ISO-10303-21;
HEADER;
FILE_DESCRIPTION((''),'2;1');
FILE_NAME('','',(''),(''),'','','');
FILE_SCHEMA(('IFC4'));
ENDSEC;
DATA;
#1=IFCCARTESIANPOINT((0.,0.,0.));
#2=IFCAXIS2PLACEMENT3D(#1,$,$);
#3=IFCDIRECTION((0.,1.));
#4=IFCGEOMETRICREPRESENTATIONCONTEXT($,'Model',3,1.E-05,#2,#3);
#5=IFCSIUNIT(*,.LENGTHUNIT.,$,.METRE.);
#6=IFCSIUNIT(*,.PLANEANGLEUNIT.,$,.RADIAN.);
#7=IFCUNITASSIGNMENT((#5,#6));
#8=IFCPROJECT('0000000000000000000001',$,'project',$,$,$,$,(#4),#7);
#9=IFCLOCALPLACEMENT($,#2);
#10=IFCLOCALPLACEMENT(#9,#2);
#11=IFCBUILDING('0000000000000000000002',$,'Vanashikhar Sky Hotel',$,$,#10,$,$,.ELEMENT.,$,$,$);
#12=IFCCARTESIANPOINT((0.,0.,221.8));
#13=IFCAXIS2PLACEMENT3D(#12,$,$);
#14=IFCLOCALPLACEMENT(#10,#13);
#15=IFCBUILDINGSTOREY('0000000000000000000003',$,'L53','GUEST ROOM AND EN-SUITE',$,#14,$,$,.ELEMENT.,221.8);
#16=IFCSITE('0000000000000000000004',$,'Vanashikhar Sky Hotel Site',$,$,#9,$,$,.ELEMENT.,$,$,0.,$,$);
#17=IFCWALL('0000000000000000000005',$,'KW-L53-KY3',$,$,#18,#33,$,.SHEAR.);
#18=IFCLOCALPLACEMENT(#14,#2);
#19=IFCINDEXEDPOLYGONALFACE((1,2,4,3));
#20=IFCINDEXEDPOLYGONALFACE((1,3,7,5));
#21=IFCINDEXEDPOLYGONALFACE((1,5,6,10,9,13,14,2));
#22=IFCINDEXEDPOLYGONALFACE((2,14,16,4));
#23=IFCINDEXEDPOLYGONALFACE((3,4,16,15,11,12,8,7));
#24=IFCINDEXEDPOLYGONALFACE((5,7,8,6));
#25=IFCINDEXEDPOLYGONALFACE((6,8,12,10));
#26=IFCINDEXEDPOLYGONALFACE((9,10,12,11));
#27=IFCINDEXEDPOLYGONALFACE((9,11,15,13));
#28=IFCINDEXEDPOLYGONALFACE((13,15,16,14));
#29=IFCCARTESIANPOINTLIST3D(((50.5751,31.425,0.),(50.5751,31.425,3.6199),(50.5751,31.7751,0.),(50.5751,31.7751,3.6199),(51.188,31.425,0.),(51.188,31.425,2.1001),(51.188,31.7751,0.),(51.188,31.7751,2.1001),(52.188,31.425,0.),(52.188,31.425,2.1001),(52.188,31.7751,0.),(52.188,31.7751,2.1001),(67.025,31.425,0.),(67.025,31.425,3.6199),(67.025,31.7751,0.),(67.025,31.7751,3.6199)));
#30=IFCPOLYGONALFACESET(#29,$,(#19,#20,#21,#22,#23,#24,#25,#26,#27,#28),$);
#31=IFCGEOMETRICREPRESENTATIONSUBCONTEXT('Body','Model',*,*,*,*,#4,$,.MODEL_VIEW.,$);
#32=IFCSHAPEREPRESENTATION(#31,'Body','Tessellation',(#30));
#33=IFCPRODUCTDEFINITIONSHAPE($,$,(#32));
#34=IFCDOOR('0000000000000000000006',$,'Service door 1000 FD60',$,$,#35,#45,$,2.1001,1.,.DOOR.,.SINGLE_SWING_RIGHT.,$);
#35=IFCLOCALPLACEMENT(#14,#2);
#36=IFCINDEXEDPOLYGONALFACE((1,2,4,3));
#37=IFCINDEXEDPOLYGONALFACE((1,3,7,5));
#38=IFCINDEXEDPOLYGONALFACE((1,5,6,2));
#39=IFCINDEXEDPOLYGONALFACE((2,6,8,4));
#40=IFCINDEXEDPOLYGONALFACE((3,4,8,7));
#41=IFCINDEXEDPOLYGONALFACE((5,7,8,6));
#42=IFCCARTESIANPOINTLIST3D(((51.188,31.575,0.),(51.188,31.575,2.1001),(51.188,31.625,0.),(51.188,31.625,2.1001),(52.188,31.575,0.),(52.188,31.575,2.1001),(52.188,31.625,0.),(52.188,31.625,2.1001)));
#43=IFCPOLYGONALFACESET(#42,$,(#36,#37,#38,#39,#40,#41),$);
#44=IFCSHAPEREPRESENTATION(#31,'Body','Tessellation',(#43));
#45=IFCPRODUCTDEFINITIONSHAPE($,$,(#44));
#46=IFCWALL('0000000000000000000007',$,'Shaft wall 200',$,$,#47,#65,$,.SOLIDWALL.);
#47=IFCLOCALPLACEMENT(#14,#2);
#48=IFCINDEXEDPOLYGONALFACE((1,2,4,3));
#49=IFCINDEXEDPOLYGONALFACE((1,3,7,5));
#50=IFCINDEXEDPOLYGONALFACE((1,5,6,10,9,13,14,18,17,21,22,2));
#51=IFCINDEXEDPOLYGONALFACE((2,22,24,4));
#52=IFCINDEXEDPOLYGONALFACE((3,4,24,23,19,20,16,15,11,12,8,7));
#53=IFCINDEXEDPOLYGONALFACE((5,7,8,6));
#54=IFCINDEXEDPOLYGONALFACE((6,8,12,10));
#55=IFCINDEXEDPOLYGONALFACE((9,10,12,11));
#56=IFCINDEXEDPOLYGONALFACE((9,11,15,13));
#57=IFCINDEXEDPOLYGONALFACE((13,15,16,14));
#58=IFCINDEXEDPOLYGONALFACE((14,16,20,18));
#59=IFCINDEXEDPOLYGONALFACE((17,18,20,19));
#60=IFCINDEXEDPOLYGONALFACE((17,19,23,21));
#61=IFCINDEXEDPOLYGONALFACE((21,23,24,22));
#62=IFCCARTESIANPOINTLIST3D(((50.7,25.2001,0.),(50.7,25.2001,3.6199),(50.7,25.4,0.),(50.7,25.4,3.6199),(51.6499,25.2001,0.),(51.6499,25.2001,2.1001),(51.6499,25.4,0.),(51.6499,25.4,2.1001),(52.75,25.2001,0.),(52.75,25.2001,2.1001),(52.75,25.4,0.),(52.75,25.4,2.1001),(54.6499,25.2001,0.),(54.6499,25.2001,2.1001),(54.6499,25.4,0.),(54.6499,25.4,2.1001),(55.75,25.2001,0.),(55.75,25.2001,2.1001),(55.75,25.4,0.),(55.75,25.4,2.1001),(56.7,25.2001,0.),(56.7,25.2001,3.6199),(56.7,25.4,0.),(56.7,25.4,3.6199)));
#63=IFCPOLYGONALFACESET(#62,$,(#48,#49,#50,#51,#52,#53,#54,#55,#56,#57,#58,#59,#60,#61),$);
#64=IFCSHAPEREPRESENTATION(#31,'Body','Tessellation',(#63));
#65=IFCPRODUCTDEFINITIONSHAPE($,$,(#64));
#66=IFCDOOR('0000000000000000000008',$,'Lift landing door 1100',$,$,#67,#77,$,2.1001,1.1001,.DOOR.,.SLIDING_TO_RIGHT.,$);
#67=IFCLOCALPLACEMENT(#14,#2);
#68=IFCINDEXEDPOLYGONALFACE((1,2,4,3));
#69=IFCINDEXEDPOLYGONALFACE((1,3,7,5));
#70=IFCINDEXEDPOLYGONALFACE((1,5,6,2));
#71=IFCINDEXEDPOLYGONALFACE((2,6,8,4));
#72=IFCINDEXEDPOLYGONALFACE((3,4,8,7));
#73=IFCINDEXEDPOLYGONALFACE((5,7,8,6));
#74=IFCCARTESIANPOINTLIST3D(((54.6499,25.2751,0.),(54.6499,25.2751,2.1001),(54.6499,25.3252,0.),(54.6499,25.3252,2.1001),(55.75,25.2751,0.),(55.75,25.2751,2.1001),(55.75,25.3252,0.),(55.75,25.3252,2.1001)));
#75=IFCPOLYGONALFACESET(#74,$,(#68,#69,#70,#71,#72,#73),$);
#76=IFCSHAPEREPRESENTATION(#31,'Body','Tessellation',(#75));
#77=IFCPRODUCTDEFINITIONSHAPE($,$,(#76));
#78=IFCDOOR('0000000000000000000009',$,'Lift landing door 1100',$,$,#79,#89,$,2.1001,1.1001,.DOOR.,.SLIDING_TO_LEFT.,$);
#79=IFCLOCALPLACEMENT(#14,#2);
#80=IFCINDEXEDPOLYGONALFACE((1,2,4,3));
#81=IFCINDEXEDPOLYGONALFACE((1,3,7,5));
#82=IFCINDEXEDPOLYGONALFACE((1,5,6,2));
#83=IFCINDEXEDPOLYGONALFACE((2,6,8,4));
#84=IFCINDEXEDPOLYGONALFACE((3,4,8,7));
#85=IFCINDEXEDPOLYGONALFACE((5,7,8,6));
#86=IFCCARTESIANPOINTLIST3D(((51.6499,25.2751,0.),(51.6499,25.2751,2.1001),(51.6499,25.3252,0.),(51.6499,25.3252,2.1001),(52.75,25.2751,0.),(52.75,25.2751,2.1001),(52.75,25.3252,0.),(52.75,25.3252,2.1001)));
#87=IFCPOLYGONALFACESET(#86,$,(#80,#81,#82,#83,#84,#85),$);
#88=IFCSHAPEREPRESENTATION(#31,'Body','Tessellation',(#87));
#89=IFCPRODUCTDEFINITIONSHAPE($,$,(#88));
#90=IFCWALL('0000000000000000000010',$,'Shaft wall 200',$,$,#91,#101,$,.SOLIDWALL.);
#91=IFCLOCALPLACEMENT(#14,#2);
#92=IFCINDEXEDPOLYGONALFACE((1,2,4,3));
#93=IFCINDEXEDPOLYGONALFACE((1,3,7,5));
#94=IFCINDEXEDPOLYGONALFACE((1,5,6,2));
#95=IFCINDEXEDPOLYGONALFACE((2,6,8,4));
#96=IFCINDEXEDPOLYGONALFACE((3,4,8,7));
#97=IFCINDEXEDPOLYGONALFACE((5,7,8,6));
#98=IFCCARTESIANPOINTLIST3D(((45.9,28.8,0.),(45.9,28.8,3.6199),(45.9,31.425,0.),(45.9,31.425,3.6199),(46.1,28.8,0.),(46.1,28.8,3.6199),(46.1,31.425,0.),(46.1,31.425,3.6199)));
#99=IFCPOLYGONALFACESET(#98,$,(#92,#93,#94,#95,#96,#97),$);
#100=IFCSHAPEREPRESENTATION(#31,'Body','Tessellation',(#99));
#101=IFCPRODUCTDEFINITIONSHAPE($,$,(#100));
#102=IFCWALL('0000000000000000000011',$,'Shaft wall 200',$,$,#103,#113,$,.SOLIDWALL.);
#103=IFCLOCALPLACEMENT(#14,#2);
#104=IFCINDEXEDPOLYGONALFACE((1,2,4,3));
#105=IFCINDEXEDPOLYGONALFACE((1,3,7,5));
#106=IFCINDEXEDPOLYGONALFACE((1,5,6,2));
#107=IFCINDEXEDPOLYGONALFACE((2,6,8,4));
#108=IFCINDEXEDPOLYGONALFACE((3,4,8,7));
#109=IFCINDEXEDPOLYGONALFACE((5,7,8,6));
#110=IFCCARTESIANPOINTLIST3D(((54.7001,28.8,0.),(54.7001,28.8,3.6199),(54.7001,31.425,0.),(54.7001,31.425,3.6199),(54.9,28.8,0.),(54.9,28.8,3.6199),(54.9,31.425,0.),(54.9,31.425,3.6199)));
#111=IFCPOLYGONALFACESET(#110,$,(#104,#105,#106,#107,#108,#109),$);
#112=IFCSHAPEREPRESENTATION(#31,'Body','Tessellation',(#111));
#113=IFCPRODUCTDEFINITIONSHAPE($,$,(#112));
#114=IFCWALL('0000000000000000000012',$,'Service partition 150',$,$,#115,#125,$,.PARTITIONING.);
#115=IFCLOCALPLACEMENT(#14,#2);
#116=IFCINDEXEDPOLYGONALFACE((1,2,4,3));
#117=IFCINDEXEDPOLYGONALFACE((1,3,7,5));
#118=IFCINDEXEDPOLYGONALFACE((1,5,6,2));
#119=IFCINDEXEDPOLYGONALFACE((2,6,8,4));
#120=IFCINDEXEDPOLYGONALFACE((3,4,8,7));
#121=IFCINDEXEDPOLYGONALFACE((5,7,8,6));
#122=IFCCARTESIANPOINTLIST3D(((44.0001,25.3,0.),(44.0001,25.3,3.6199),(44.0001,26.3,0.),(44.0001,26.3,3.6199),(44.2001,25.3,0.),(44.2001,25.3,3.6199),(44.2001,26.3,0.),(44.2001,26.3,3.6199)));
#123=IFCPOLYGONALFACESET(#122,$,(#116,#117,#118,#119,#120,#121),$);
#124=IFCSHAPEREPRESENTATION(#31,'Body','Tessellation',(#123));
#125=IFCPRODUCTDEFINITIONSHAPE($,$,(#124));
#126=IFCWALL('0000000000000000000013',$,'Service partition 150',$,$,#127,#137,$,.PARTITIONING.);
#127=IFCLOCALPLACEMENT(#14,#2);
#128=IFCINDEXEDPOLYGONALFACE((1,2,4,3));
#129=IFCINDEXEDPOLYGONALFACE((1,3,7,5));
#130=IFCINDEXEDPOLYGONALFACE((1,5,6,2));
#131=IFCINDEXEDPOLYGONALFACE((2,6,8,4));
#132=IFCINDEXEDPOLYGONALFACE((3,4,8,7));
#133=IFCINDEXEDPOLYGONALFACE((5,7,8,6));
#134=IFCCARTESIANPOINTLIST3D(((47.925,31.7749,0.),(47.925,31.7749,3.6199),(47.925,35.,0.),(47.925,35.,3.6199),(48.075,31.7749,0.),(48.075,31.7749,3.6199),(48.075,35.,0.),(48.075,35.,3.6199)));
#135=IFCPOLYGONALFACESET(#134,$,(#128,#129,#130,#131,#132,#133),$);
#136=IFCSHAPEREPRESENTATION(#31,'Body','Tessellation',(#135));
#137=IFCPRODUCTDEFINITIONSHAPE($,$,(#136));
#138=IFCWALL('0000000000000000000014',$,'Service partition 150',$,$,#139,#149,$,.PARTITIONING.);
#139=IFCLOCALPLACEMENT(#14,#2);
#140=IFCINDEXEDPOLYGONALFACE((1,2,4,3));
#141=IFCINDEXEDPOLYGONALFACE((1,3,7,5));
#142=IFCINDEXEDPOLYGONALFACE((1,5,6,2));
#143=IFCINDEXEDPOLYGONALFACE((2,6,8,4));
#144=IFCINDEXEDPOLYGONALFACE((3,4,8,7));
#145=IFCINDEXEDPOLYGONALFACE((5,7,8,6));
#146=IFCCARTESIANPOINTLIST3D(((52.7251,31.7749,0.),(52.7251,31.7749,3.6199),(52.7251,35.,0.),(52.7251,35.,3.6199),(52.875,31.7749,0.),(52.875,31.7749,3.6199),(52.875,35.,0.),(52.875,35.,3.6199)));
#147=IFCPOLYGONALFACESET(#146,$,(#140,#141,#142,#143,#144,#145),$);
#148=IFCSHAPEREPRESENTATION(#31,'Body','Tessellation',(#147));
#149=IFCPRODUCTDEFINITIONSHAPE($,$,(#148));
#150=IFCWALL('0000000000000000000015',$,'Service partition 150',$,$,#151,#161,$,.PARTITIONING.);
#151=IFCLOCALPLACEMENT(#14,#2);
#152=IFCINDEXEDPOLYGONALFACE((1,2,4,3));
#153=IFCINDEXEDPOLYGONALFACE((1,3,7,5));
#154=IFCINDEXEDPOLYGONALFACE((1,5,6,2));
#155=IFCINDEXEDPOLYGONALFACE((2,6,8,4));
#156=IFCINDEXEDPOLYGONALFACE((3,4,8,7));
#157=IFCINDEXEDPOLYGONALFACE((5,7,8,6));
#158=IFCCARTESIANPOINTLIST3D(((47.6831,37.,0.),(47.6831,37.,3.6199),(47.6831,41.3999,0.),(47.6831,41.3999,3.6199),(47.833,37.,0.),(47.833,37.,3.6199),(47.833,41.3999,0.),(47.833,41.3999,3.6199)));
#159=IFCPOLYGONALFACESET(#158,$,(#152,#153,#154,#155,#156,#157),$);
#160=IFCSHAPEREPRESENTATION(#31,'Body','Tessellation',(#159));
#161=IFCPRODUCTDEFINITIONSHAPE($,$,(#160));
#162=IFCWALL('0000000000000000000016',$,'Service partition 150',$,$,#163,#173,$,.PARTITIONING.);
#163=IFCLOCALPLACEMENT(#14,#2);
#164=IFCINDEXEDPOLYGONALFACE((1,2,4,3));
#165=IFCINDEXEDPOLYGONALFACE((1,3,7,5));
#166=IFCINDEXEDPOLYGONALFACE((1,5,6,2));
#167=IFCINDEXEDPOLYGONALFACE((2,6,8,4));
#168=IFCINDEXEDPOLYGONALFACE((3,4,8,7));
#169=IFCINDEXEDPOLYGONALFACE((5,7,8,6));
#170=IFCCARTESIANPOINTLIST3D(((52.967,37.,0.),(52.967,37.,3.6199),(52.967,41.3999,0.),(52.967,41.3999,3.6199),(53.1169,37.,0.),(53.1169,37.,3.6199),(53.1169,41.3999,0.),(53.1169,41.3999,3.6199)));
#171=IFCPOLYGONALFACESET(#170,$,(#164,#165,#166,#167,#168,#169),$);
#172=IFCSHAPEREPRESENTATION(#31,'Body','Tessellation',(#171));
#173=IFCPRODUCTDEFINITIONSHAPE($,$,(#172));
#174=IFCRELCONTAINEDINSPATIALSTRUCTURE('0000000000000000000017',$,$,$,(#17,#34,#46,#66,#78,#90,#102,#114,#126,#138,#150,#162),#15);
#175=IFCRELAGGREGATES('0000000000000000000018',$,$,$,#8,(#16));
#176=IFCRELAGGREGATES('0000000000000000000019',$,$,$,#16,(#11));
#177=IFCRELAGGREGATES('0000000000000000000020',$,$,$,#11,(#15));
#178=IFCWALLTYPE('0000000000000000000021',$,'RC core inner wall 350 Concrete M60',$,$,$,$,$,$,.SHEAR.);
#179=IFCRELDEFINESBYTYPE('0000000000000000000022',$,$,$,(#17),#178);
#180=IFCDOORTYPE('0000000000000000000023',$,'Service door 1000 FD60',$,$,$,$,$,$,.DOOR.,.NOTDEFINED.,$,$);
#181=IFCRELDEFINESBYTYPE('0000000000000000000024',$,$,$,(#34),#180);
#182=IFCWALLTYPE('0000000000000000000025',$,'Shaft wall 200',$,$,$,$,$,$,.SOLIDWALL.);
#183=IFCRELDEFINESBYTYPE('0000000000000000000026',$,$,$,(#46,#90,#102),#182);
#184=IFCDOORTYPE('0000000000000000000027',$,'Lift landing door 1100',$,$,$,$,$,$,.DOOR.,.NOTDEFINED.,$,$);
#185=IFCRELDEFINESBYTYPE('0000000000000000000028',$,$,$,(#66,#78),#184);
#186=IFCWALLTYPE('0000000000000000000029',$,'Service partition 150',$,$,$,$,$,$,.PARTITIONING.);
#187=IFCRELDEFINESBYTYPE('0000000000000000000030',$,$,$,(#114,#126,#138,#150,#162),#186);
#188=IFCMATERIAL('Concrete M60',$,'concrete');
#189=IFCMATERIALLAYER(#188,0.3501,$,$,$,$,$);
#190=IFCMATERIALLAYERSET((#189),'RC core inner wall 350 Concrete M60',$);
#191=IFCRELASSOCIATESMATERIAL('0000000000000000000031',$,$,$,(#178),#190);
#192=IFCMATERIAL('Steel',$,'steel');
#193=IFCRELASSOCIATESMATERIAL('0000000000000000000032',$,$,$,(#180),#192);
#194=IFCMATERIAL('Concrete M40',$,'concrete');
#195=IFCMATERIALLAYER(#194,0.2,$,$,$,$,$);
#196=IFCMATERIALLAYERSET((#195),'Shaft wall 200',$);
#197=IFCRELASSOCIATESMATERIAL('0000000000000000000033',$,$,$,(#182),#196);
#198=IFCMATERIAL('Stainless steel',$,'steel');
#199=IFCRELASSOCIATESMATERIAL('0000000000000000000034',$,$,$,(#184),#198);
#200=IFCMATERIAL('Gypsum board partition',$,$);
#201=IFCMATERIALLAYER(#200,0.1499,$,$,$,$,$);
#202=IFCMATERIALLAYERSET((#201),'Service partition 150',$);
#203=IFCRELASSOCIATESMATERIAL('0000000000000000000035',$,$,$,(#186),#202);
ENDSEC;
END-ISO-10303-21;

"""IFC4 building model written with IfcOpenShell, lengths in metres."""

from ifc_helpers import new_model, si_unit, direction, frame, frame_2d, origin, place, context, subcontext, project, spatial, rectangle, extrude, source, transform, mapped, material, layer, layer_set, type_object, element, fill, save


model = new_model("IFC4")

# Units and contexts
model_context = context("Model", 3, precision=1e-05, world=origin(), true_north=direction((0.0, 1.0)))
body_context = subcontext(model_context, "Body", "Model", "MODEL_VIEW")
ifc_project = project(units=[si_unit("LENGTHUNIT", "METRE"), si_unit("PLANEANGLEUNIT", "RADIAN")], contexts=[model_context])

# Site, building, storey
site_placement = place(None, origin())
site = spatial("IfcSite", under=ifc_project, at=site_placement, Name="Vanashikhar Sky Hotel Site", CompositionType="ELEMENT", RefElevation=0.0)
building_placement = place(site_placement, origin())
building = spatial("IfcBuilding", under=site, at=building_placement, Name="Vanashikhar Sky Hotel", CompositionType="ELEMENT")
storey_placement = place(building_placement, frame((0.0, 0.0, 221.8)))
storey = spatial("IfcBuildingStorey", under=building, at=storey_placement, Name="L53", Description="GUEST ROOM AND EN-SUITE", CompositionType="ELEMENT", Elevation=221.8)

# Wall, opening, door
ifc_material_1 = material(Name="Concrete M60", Category="concrete")
ifc_layer_1 = layer(ifc_material_1, 0.3501)
ifc_layer_set_1 = layer_set([ifc_layer_1], Name="RC core inner wall 350 Concrete M60")
wall_type_1 = type_object("IfcWallType", Name="RC core inner wall 350 Concrete M60", PredefinedType="SHEAR", material=ifc_layer_set_1)
shared_shape_1 = source(origin(), body_context, "Body", "SweptSolid", [
    extrude(rectangle(XDim=16.45, YDim=0.3501, at=frame_2d((8.2251, 0.0))), origin(), (0.0, 0.0, 1.0), 3.6199),
])
wall_1_placement = place(storey_placement, frame((50.575, 31.6001, 0.0), z_axis=(0.0, 0.0, 1.0), x_axis=(1.0, 0.0, 0.0)))
wall_1 = element("IfcWall", 1, at=wall_1_placement, inside=storey, type_object=wall_type_1, Name="KW-L53-KY3", PredefinedType="SHEAR", context=body_context, shape_type="MappedRepresentation", body=[
    mapped(shared_shape_1, transform((0.0, 0.0, 0.0), scale=1.0)),
])
shared_shape_2 = source(origin(), body_context, "Body", "SweptSolid", [
    extrude(rectangle(XDim=1.0, YDim=2.1001, at=frame_2d((0.5, 1.05))), frame((0.0, 0.1851, 0.0), z_axis=(0.0, -1.0, 0.0), x_axis=(1.0, 0.0, 0.0)), (0.0, 0.0, 1.0), 0.3701),
])
opening_1_placement = place(wall_1_placement, frame((0.613, 0.0, 0.0)))
opening_1 = element("IfcOpeningElement", 2, at=opening_1_placement, cuts=wall_1, PredefinedType="OPENING", context=body_context, shape_type="MappedRepresentation", body=[
    mapped(shared_shape_2, transform((0.0, 0.0, 0.0), scale=1.0)),
])
ifc_material_2 = material(Name="Steel", Category="steel")
door_type_1 = type_object("IfcDoorType", Name="Service door 1000 FD60", OperationType="NOTDEFINED", PredefinedType="DOOR", material=ifc_material_2)
shared_shape_3 = source(origin(), body_context, "Body", "SweptSolid", [
    extrude(rectangle(XDim=1.0, YDim=2.1001, at=frame_2d((0.5, 1.05))), frame((0.0, 0.0249, 0.0), z_axis=(0.0, -1.0, 0.0), x_axis=(1.0, 0.0, 0.0)), (0.0, 0.0, 1.0), 0.05),
])
door_1_placement = place(opening_1_placement, origin())
door_1 = element("IfcDoor", 3, at=door_1_placement, inside=storey, type_object=door_type_1, Name="Service door 1000 FD60", OperationType="SINGLE_SWING_RIGHT", OverallHeight=2.1001, OverallWidth=1.0, PredefinedType="DOOR", context=body_context, shape_type="MappedRepresentation", body=[
    mapped(shared_shape_3, transform((0.0, 0.0, 0.0), scale=1.0)),
])
fill(opening_1, door_1)

# Wall, openings, doors
ifc_material_3 = material(Name="Concrete M40", Category="concrete")
ifc_layer_2 = layer(ifc_material_3, 0.2)
ifc_layer_set_2 = layer_set([ifc_layer_2], Name="Shaft wall 200")
wall_type_2 = type_object("IfcWallType", Name="Shaft wall 200", PredefinedType="SOLIDWALL", material=ifc_layer_set_2)
shared_shape_4 = source(origin(), body_context, "Body", "SweptSolid", [
    extrude(rectangle(XDim=6.0, YDim=0.2, at=frame_2d((3.0, 0.0))), origin(), (0.0, 0.0, 1.0), 3.6199),
])
wall_2_placement = place(storey_placement, frame((56.7, 25.3, 0.0), z_axis=(0.0, 0.0, 1.0), x_axis=(-1.0, 0.0, 0.0)))
wall_2 = element("IfcWall", 4, at=wall_2_placement, inside=storey, type_object=wall_type_2, Name="Shaft wall 200", PredefinedType="SOLIDWALL", context=body_context, shape_type="MappedRepresentation", body=[
    mapped(shared_shape_4, transform((0.0, 0.0, 0.0), scale=1.0)),
])
shared_shape_5 = source(origin(), body_context, "Body", "SweptSolid", [
    extrude(rectangle(XDim=1.1001, YDim=2.1001, at=frame_2d((0.55, 1.05))), frame((0.0, 0.1099, 0.0), z_axis=(0.0, -1.0, 0.0), x_axis=(1.0, 0.0, 0.0)), (0.0, 0.0, 1.0), 0.22),
])
opening_2_placement = place(wall_2_placement, frame((0.95, 0.0, 0.0)))
opening_2 = element("IfcOpeningElement", 5, at=opening_2_placement, cuts=wall_2, PredefinedType="OPENING", context=body_context, shape_type="MappedRepresentation", body=[
    mapped(shared_shape_5, transform((0.0, 0.0, 0.0), scale=1.0)),
])
opening_3_placement = place(wall_2_placement, frame((3.95, 0.0, 0.0)))
opening_3 = element("IfcOpeningElement", 6, at=opening_3_placement, cuts=wall_2, PredefinedType="OPENING", context=body_context, shape_type="MappedRepresentation", body=[
    mapped(shared_shape_5, transform((0.0, 0.0, 0.0), scale=1.0)),
])
ifc_material_4 = material(Name="Stainless steel", Category="steel")
door_type_2 = type_object("IfcDoorType", Name="Lift landing door 1100", OperationType="NOTDEFINED", PredefinedType="DOOR", material=ifc_material_4)
shared_shape_6 = source(origin(), body_context, "Body", "SweptSolid", [
    extrude(rectangle(XDim=1.1001, YDim=2.1001, at=frame_2d((0.55, 1.05))), frame((0.0, 0.0249, 0.0), z_axis=(0.0, -1.0, 0.0), x_axis=(1.0, 0.0, 0.0)), (0.0, 0.0, 1.0), 0.05),
])
door_2_placement = place(opening_2_placement, origin())
door_2 = element("IfcDoor", 7, at=door_2_placement, inside=storey, type_object=door_type_2, Name="Lift landing door 1100", OperationType="SLIDING_TO_RIGHT", OverallHeight=2.1001, OverallWidth=1.1001, PredefinedType="DOOR", context=body_context, shape_type="MappedRepresentation", body=[
    mapped(shared_shape_6, transform((0.0, 0.0, 0.0), scale=1.0)),
])
fill(opening_2, door_2)
door_3_placement = place(opening_3_placement, origin())
door_3 = element("IfcDoor", 8, at=door_3_placement, inside=storey, type_object=door_type_2, Name="Lift landing door 1100", OperationType="SLIDING_TO_LEFT", OverallHeight=2.1001, OverallWidth=1.1001, PredefinedType="DOOR", context=body_context, shape_type="MappedRepresentation", body=[
    mapped(shared_shape_6, transform((0.0, 0.0, 0.0), scale=1.0)),
])
fill(opening_3, door_3)

# Walls
shared_shape_7 = source(origin(), body_context, "Body", "SweptSolid", [
    extrude(rectangle(XDim=2.625, YDim=0.2, at=frame_2d((1.3125, 0.0))), origin(), (0.0, 0.0, 1.0), 3.6199),
])
for number, where, z_axis, x_axis, name in (
    (9, (46.0, 28.8, 0.0), (0.0, 0.0, 1.0), (0.0, 1.0, 0.0), "Shaft wall 200"),
    (10, (54.8, 28.8, 0.0), (0.0, 0.0, 1.0), (0.0, 1.0, 0.0), "Shaft wall 200"),
):
    element("IfcWall", number, at=place(storey_placement, frame(where, z_axis=z_axis, x_axis=x_axis)), inside=storey, type_object=wall_type_2, Name=name, PredefinedType="SOLIDWALL", context=body_context, shape_type="MappedRepresentation", body=[
        mapped(shared_shape_7, transform((0.0, 0.0, 0.0), scale=1.0)),
    ])
ifc_material_5 = material(Name="Gypsum board partition")
ifc_layer_3 = layer(ifc_material_5, 0.1499)
ifc_layer_set_3 = layer_set([ifc_layer_3], Name="Service partition 150")
wall_type_3 = type_object("IfcWallType", Name="Service partition 150", PredefinedType="PARTITIONING", material=ifc_layer_set_3)
shared_shape_8 = source(origin(), body_context, "Body", "SweptSolid", [
    extrude(rectangle(XDim=1.0, YDim=0.2, at=frame_2d((0.5, 0.0))), origin(), (0.0, 0.0, 1.0), 3.6199),
])
wall_3_placement = place(storey_placement, frame((44.1001, 25.3, 0.0), z_axis=(0.0, 0.0, 1.0), x_axis=(0.0, 1.0, 0.0)))
element("IfcWall", 11, at=wall_3_placement, inside=storey, type_object=wall_type_3, Name="Service partition 150", PredefinedType="PARTITIONING", context=body_context, shape_type="MappedRepresentation", body=[
    mapped(shared_shape_8, transform((0.0, 0.0, 0.0), scale=1.0)),
])
shared_shape_9 = source(origin(), body_context, "Body", "SweptSolid", [
    extrude(rectangle(XDim=3.2251, YDim=0.1499, at=frame_2d((1.6125, 0.0))), origin(), (0.0, 0.0, 1.0), 3.6199),
])
for number, where, z_axis, x_axis, name in (
    (12, (48.0, 31.7749, 0.0), (0.0, 0.0, 1.0), (0.0, 1.0, 0.0), "Service partition 150"),
    (13, (52.8, 31.7749, 0.0), (0.0, 0.0, 1.0), (0.0, 1.0, 0.0), "Service partition 150"),
):
    element("IfcWall", number, at=place(storey_placement, frame(where, z_axis=z_axis, x_axis=x_axis)), inside=storey, type_object=wall_type_3, Name=name, PredefinedType="PARTITIONING", context=body_context, shape_type="MappedRepresentation", body=[
        mapped(shared_shape_9, transform((0.0, 0.0, 0.0), scale=1.0)),
    ])
shared_shape_10 = source(origin(), body_context, "Body", "SweptSolid", [
    extrude(rectangle(XDim=4.3999, YDim=0.1499, at=frame_2d((2.2, 0.0))), origin(), (0.0, 0.0, 1.0), 3.6199),
])
for number, where, z_axis, x_axis, name in (
    (14, (47.7581, 37.0, 0.0), (0.0, 0.0, 1.0), (0.0, 1.0, 0.0), "Service partition 150"),
    (15, (53.042, 37.0, 0.0), (0.0, 0.0, 1.0), (0.0, 1.0, 0.0), "Service partition 150"),
):
    element("IfcWall", number, at=place(storey_placement, frame(where, z_axis=z_axis, x_axis=x_axis)), inside=storey, type_object=wall_type_3, Name=name, PredefinedType="PARTITIONING", context=body_context, shape_type="MappedRepresentation", body=[
        mapped(shared_shape_10, transform((0.0, 0.0, 0.0), scale=1.0)),
    ])

save(model, "model.ifc")
